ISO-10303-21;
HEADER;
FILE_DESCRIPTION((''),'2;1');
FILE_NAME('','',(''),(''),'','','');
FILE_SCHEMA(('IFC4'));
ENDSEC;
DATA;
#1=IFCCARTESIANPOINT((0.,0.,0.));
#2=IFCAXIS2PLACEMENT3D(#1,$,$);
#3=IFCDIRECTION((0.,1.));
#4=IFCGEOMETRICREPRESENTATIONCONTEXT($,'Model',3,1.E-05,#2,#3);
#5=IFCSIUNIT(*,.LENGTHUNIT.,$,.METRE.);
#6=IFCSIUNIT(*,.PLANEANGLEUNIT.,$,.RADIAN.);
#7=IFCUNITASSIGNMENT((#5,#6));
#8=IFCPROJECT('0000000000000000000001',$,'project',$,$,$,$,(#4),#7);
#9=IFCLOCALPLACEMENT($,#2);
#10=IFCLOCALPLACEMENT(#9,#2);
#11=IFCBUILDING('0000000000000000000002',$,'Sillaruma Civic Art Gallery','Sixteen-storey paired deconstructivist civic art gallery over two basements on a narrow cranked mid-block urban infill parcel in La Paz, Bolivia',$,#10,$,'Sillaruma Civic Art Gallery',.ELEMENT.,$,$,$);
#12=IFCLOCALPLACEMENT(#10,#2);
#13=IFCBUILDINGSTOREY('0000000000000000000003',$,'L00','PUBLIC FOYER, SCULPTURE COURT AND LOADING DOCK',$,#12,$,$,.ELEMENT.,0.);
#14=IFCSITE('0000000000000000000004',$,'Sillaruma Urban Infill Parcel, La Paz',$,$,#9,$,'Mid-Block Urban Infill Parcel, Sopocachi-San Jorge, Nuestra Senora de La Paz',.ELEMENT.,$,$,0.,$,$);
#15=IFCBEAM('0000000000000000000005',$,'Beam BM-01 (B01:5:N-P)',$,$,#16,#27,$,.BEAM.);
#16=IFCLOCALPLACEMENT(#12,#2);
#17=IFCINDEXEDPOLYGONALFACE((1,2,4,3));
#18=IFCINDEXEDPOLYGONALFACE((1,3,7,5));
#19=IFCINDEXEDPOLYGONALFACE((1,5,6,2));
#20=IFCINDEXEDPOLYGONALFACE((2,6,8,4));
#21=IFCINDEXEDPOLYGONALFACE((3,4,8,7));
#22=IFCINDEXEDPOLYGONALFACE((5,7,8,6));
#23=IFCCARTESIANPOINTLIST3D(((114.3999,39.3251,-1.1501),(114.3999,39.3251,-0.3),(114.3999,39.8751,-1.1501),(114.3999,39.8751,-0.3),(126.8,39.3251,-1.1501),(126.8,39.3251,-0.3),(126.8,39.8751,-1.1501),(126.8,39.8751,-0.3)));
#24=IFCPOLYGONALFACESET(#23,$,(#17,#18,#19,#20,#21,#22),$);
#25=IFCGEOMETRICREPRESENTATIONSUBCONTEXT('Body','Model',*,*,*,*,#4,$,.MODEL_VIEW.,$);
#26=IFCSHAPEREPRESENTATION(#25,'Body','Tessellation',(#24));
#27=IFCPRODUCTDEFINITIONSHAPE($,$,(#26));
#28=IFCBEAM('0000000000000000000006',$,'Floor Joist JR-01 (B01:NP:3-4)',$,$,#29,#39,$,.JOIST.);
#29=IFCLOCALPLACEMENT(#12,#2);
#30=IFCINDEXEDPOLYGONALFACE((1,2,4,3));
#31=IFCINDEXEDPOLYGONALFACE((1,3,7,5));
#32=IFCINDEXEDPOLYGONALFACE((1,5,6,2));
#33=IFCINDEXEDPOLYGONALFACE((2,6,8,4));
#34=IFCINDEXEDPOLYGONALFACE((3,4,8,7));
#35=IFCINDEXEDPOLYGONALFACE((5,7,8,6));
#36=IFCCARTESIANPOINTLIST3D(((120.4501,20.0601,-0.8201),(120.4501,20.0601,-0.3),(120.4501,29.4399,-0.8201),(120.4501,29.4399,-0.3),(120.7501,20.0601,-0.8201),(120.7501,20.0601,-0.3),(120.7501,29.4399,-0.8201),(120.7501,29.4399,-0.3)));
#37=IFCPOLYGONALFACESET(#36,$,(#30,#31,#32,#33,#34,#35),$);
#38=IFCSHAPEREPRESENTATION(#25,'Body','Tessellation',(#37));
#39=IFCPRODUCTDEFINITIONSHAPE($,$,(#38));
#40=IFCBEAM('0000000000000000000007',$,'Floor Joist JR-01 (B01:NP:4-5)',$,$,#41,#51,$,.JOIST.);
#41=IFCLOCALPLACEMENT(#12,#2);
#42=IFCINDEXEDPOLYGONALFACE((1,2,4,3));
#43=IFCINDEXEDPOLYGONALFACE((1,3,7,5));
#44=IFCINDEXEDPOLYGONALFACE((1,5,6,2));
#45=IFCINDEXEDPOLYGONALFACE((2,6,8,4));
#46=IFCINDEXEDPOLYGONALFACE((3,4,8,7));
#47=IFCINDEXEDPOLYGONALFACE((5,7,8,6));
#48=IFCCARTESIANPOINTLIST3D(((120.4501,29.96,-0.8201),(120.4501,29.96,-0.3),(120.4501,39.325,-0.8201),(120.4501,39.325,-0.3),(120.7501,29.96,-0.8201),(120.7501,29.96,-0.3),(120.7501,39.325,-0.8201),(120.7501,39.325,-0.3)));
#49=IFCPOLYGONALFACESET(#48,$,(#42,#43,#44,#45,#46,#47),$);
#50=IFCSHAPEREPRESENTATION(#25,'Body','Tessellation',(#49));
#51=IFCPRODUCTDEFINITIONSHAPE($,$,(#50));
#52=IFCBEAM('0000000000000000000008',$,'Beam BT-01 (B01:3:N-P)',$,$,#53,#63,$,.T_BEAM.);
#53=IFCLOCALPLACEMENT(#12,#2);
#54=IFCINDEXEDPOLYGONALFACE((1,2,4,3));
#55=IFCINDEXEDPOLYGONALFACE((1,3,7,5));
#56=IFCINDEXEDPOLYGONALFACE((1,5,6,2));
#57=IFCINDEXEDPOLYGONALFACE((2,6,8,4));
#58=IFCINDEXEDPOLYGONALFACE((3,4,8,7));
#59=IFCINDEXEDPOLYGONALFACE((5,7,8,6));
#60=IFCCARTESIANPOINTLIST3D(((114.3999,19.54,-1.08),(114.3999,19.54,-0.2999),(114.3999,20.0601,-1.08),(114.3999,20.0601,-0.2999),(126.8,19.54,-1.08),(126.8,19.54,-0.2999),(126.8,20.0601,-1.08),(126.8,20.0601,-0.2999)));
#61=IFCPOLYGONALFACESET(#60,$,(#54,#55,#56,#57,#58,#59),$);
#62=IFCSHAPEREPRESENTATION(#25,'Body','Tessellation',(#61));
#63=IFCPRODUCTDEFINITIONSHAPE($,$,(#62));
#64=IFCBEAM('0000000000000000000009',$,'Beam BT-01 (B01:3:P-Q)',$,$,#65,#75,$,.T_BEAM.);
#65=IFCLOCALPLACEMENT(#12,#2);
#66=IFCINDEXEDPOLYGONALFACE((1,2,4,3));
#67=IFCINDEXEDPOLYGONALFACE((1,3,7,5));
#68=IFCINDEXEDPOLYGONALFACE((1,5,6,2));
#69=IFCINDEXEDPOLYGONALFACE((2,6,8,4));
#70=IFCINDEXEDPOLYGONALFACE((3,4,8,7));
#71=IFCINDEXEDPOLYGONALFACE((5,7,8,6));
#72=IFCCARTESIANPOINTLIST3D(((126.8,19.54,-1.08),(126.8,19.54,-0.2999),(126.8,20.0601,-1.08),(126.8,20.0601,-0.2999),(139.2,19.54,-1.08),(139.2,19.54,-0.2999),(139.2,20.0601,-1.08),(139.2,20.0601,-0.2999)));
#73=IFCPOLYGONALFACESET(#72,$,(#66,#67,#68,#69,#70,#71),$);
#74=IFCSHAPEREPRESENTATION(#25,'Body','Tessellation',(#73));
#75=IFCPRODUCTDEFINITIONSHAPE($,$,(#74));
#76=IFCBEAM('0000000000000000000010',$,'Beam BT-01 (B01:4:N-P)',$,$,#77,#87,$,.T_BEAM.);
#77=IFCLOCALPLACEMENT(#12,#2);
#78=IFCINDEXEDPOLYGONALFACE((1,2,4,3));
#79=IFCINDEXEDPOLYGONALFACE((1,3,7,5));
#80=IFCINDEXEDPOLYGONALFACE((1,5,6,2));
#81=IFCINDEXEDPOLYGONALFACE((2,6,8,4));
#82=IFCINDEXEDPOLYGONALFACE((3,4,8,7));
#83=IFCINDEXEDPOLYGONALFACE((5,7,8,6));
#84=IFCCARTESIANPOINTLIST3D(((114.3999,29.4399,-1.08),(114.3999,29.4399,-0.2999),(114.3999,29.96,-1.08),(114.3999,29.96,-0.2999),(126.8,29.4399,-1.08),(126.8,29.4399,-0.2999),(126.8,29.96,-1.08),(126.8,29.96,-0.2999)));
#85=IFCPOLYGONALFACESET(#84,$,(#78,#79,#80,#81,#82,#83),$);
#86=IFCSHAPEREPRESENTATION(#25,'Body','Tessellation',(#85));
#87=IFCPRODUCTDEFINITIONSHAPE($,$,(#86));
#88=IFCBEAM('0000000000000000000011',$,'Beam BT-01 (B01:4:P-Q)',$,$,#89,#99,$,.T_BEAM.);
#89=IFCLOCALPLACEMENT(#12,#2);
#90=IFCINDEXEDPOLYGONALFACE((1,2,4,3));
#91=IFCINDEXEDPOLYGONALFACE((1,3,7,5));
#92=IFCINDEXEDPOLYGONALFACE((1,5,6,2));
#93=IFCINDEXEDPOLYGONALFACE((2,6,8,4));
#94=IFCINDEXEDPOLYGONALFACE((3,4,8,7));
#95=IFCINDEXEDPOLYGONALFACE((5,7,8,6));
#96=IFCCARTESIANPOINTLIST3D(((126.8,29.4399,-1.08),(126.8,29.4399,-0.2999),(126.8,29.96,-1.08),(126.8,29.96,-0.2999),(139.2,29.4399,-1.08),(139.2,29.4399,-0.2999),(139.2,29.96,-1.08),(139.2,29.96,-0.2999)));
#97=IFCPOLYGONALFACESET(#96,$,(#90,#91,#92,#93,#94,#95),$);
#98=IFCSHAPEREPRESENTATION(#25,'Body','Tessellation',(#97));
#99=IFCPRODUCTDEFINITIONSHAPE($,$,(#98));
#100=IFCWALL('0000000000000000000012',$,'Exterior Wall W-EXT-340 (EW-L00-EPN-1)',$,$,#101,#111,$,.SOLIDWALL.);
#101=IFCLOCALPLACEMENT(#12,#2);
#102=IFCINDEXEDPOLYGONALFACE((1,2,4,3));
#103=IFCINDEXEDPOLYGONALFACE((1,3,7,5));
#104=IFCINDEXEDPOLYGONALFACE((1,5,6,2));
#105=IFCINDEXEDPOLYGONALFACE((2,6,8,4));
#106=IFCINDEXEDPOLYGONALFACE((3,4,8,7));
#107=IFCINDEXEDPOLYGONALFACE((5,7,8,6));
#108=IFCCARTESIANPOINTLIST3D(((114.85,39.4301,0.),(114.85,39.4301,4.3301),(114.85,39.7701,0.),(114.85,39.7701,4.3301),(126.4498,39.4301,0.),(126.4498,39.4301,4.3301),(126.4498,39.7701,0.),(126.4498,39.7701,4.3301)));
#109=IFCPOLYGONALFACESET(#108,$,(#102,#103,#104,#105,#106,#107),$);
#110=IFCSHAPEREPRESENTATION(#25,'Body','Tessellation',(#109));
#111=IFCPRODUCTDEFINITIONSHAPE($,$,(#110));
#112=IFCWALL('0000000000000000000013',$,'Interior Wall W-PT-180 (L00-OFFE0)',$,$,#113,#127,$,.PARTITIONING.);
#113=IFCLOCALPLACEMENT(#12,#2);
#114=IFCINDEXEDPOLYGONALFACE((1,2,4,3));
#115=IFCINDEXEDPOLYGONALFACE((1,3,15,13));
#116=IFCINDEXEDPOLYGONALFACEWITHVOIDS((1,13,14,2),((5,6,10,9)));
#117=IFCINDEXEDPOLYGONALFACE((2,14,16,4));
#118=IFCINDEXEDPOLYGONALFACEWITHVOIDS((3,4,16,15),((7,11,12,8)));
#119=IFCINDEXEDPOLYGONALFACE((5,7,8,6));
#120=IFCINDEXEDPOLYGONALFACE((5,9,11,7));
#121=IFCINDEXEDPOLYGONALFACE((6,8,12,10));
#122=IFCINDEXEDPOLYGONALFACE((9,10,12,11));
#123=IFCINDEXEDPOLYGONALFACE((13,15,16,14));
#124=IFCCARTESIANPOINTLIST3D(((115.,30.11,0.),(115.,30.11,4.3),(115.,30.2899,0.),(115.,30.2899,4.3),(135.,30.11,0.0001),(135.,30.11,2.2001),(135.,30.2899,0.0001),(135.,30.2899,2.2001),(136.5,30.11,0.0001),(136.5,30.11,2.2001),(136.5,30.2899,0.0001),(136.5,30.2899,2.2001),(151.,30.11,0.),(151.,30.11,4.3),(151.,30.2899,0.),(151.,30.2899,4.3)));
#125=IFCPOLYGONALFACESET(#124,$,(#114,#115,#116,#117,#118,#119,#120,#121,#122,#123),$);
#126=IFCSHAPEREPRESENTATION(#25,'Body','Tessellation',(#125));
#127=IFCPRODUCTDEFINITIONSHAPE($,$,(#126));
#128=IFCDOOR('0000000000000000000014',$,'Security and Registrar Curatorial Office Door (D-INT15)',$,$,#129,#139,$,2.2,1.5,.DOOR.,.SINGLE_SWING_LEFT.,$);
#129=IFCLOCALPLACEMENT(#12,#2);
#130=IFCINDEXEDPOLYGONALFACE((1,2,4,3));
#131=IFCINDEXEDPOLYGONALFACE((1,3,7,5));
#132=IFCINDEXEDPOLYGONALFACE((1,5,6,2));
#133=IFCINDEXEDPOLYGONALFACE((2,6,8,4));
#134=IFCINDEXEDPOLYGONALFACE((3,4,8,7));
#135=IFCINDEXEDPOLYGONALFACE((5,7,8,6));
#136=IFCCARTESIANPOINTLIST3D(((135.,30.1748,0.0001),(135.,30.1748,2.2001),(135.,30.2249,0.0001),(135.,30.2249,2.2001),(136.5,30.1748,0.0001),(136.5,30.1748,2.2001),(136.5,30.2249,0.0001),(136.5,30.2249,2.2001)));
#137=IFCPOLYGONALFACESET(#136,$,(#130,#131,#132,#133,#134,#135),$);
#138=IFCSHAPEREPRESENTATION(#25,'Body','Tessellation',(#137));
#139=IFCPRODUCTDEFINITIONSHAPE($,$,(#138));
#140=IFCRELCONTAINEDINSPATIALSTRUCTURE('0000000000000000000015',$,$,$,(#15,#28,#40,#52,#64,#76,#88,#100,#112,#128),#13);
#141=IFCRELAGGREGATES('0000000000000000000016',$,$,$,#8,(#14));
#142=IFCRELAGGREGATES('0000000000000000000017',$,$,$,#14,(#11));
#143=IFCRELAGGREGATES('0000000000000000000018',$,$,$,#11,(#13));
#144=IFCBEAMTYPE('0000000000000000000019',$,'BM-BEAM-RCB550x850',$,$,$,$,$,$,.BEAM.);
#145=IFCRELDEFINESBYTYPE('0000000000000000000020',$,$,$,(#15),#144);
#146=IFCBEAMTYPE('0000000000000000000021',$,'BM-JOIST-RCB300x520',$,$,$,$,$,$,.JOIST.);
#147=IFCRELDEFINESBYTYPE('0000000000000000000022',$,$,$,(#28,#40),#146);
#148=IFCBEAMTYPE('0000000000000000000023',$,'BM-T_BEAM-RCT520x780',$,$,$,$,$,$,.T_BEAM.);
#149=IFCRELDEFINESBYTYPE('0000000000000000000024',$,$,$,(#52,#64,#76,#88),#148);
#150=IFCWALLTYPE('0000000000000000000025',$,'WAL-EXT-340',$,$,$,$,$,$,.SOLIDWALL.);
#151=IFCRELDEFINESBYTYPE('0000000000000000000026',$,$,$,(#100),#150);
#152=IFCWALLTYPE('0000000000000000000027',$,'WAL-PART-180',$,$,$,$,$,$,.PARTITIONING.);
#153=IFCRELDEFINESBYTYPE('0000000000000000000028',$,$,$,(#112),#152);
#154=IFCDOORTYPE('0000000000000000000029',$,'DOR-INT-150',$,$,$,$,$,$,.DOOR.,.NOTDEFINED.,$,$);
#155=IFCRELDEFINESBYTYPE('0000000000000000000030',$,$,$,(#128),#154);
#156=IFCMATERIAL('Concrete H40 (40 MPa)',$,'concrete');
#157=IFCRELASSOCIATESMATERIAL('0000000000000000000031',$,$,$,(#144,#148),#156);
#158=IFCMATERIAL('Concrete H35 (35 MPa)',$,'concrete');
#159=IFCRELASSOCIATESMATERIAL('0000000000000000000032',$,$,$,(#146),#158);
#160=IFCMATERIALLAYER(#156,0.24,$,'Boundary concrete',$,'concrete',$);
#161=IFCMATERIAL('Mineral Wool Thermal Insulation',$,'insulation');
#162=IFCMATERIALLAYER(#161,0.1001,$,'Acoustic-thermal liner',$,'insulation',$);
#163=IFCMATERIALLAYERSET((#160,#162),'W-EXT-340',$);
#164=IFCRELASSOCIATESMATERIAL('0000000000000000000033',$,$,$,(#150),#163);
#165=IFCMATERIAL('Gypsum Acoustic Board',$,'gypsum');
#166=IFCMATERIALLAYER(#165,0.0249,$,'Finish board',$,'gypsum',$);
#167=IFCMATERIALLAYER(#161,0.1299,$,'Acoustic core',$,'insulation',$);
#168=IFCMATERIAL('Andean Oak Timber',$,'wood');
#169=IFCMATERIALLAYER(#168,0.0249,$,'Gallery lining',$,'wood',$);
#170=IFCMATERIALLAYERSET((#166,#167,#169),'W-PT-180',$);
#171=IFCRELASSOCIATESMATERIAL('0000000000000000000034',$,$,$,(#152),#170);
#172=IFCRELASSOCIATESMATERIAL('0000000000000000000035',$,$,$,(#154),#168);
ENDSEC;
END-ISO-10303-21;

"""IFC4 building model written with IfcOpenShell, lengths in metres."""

from ifc_helpers import new_model, si_unit, direction, frame, frame_2d, origin, origin_2d, place, context, subcontext, project, spatial, rectangle, extrude, material, layer, layer_set, material_profile, profile_set, type_object, element, fill, save


model = new_model("IFC4")

# Units and contexts
model_context = context("Model", 3, precision=1e-05, world=origin(), true_north=direction((0.0, 1.0)))
body_context = subcontext(model_context, "Body", "Model", "MODEL_VIEW")
ifc_project = project(units=[si_unit("LENGTHUNIT", "METRE"), si_unit("PLANEANGLEUNIT", "RADIAN")], contexts=[model_context])

# Site, building, storey
site_placement = place(None, origin())
site = spatial("IfcSite", under=ifc_project, at=site_placement, Name="Sillaruma Urban Infill Parcel, La Paz", LongName="Mid-Block Urban Infill Parcel, Sopocachi-San Jorge, Nuestra Senora de La Paz", CompositionType="ELEMENT", RefElevation=0.0)
building_placement = place(site_placement, origin())
building = spatial("IfcBuilding", under=site, at=building_placement, Name="Sillaruma Civic Art Gallery", Description="Sixteen-storey paired deconstructivist civic art gallery over two basements on a narrow cranked mid-block urban infill parcel in La Paz, Bolivia", LongName="Sillaruma Civic Art Gallery", CompositionType="ELEMENT")
storey_placement = place(building_placement, origin())
storey = spatial("IfcBuildingStorey", under=building, at=storey_placement, Name="L00", Description="PUBLIC FOYER, SCULPTURE COURT AND LOADING DOCK", CompositionType="ELEMENT", Elevation=0.0)

# Shared definitions
ifc_material_1 = material(Name="Concrete H40 (40 MPa)", Category="concrete")

# Beams
ifc_material_profile_1 = material_profile(ifc_material_1, rectangle(XDim=0.55, YDim=0.8501, at=origin_2d()), Name="RCB550x850")
ifc_profile_set_1 = profile_set([ifc_material_profile_1], Name="Concrete H40 (40 MPa)")
beam_type_1 = type_object("IfcBeamType", Name="BM-BEAM-RCB550x850", PredefinedType="BEAM", material=ifc_profile_set_1)
beam_1_placement = place(storey_placement, frame((114.3999, 39.6001, -0.7251), z_axis=(1.0, 0.0, 0.0), x_axis=(0.0, 1.0, 0.0)))
element("IfcBeam", 1, at=beam_1_placement, inside=storey, type_object=beam_type_1, Name="Beam BM-01 (B01:5:N-P)", PredefinedType="BEAM", context=body_context, shape_type="SweptSolid", body=[
    extrude(rectangle(XDim=0.55, YDim=0.8501, at=origin_2d()), origin(), (0.0, 0.0, 1.0), 12.4001),
])
ifc_material_2 = material(Name="Concrete H35 (35 MPa)", Category="concrete")
ifc_material_profile_2 = material_profile(ifc_material_2, rectangle(XDim=0.3, YDim=0.52, at=origin_2d()), Name="RCB300x520")
ifc_profile_set_2 = profile_set([ifc_material_profile_2], Name="Concrete H35 (35 MPa)")
beam_type_2 = type_object("IfcBeamType", Name="BM-JOIST-RCB300x520", PredefinedType="JOIST", material=ifc_profile_set_2)
beam_2_placement = place(storey_placement, frame((120.6001, 20.0601, -0.5601), z_axis=(0.0, 1.0, 0.0), x_axis=(-1.0, 0.0, 0.0)))
element("IfcBeam", 2, at=beam_2_placement, inside=storey, type_object=beam_type_2, Name="Floor Joist JR-01 (B01:NP:3-4)", PredefinedType="JOIST", context=body_context, shape_type="SweptSolid", body=[
    extrude(rectangle(XDim=0.3, YDim=0.52, at=origin_2d()), origin(), (0.0, 0.0, 1.0), 9.3799),
])
beam_3_placement = place(storey_placement, frame((120.6001, 29.96, -0.5601), z_axis=(0.0, 1.0, 0.0), x_axis=(-1.0, 0.0, 0.0)))
element("IfcBeam", 3, at=beam_3_placement, inside=storey, type_object=beam_type_2, Name="Floor Joist JR-01 (B01:NP:4-5)", PredefinedType="JOIST", context=body_context, shape_type="SweptSolid", body=[
    extrude(rectangle(XDim=0.3, YDim=0.52, at=origin_2d()), origin(), (0.0, 0.0, 1.0), 9.365),
])
ifc_material_profile_3 = material_profile(ifc_material_1, rectangle(XDim=0.52, YDim=0.78, at=origin_2d()), Name="RCT520x780")
ifc_profile_set_3 = profile_set([ifc_material_profile_3], Name="Concrete H40 (40 MPa)")
beam_type_3 = type_object("IfcBeamType", Name="BM-T_BEAM-RCT520x780", PredefinedType="T_BEAM", material=ifc_profile_set_3)
beam_4_placement = place(storey_placement, frame((114.3999, 19.8, -0.6899), z_axis=(1.0, 0.0, 0.0), x_axis=(0.0, 1.0, 0.0)))
element("IfcBeam", 4, at=beam_4_placement, inside=storey, type_object=beam_type_3, Name="Beam BT-01 (B01:3:N-P)", PredefinedType="T_BEAM", context=body_context, shape_type="SweptSolid", body=[
    extrude(rectangle(XDim=0.52, YDim=0.78, at=origin_2d()), origin(), (0.0, 0.0, 1.0), 12.4001),
])
beam_5_placement = place(storey_placement, frame((126.8, 19.8, -0.6899), z_axis=(1.0, 0.0, 0.0), x_axis=(0.0, 1.0, 0.0)))
element("IfcBeam", 5, at=beam_5_placement, inside=storey, type_object=beam_type_3, Name="Beam BT-01 (B01:3:P-Q)", PredefinedType="T_BEAM", context=body_context, shape_type="SweptSolid", body=[
    extrude(rectangle(XDim=0.52, YDim=0.78, at=origin_2d()), origin(), (0.0, 0.0, 1.0), 12.3999),
])
beam_6_placement = place(storey_placement, frame((114.3999, 29.7, -0.6899), z_axis=(1.0, 0.0, 0.0), x_axis=(0.0, 1.0, 0.0)))
element("IfcBeam", 6, at=beam_6_placement, inside=storey, type_object=beam_type_3, Name="Beam BT-01 (B01:4:N-P)", PredefinedType="T_BEAM", context=body_context, shape_type="SweptSolid", body=[
    extrude(rectangle(XDim=0.52, YDim=0.78, at=origin_2d()), origin(), (0.0, 0.0, 1.0), 12.4001),
])
beam_7_placement = place(storey_placement, frame((126.8, 29.7, -0.6899), z_axis=(1.0, 0.0, 0.0), x_axis=(0.0, 1.0, 0.0)))
element("IfcBeam", 7, at=beam_7_placement, inside=storey, type_object=beam_type_3, Name="Beam BT-01 (B01:4:P-Q)", PredefinedType="T_BEAM", context=body_context, shape_type="SweptSolid", body=[
    extrude(rectangle(XDim=0.52, YDim=0.78, at=origin_2d()), origin(), (0.0, 0.0, 1.0), 12.3999),
])

# Wall
ifc_layer_1 = layer(ifc_material_1, 0.24, Name="Boundary concrete", Category="concrete")
ifc_material_3 = material(Name="Mineral Wool Thermal Insulation", Category="insulation")
ifc_layer_2 = layer(ifc_material_3, 0.1001, Name="Acoustic-thermal liner", Category="insulation")
ifc_layer_set_1 = layer_set([ifc_layer_1, ifc_layer_2], Name="W-EXT-340")
wall_type_1 = type_object("IfcWallType", Name="WAL-EXT-340", PredefinedType="SOLIDWALL", material=ifc_layer_set_1)
wall_1_placement = place(storey_placement, frame((114.8501, 39.6001, 0.0), z_axis=(0.0, 0.0, 1.0), x_axis=(1.0, 0.0, 0.0)))
element("IfcWall", 8, at=wall_1_placement, inside=storey, type_object=wall_type_1, Name="Exterior Wall W-EXT-340 (EW-L00-EPN-1)", PredefinedType="SOLIDWALL", context=body_context, shape_type="SweptSolid", body=[
    extrude(rectangle(XDim=11.5999, YDim=0.3401, at=frame_2d((5.7998, 0.0))), origin(), (0.0, 0.0, 1.0), 4.3301),
])

# Wall, opening, door
ifc_material_4 = material(Name="Gypsum Acoustic Board", Category="gypsum")
ifc_layer_3 = layer(ifc_material_4, 0.0249, Name="Finish board", Category="gypsum")
ifc_layer_4 = layer(ifc_material_3, 0.1299, Name="Acoustic core", Category="insulation")
ifc_material_5 = material(Name="Andean Oak Timber", Category="wood")
ifc_layer_5 = layer(ifc_material_5, 0.0249, Name="Gallery lining", Category="wood")
ifc_layer_set_2 = layer_set([ifc_layer_3, ifc_layer_4, ifc_layer_5], Name="W-PT-180")
wall_type_2 = type_object("IfcWallType", Name="WAL-PART-180", PredefinedType="PARTITIONING", material=ifc_layer_set_2)
wall_2_placement = place(storey_placement, frame((115.0, 30.2, 0.0), z_axis=(0.0, 0.0, 1.0), x_axis=(1.0, 0.0, 0.0)))
wall_2 = element("IfcWall", 9, at=wall_2_placement, inside=storey, type_object=wall_type_2, Name="Interior Wall W-PT-180 (L00-OFFE0)", PredefinedType="PARTITIONING", context=body_context, shape_type="SweptSolid", body=[
    extrude(rectangle(XDim=36.0, YDim=0.1799, at=frame_2d((18.0, 0.0))), origin(), (0.0, 0.0, 1.0), 4.3),
])
opening_placement = place(wall_2_placement, frame((20.0, 0.0, 0.0)))
opening = element("IfcOpeningElement", 10, at=opening_placement, cuts=wall_2, PredefinedType="OPENING", context=body_context, shape_type="SweptSolid", body=[
    extrude(rectangle(XDim=1.5, YDim=2.2, at=frame_2d((0.75, 1.1001))), frame((0.0, 0.0999, 0.0), z_axis=(0.0, -1.0, 0.0), x_axis=(1.0, 0.0, 0.0)), (0.0, 0.0, 1.0), 0.2),
])
door_type = type_object("IfcDoorType", Name="DOR-INT-150", OperationType="NOTDEFINED", PredefinedType="DOOR", material=ifc_material_5)
door_placement = place(opening_placement, origin())
door = element("IfcDoor", 11, at=door_placement, inside=storey, type_object=door_type, Name="Security and Registrar Curatorial Office Door (D-INT15)", OperationType="SINGLE_SWING_LEFT", OverallHeight=2.2, OverallWidth=1.5, PredefinedType="DOOR", context=body_context, shape_type="SweptSolid", body=[
    extrude(rectangle(XDim=1.5, YDim=2.2, at=frame_2d((0.75, 1.1001))), frame((0.0, 0.0249, 0.0), z_axis=(0.0, -1.0, 0.0), x_axis=(1.0, 0.0, 0.0)), (0.0, 0.0, 1.0), 0.05),
])
fill(opening, door)

save(model, "model.ifc")
